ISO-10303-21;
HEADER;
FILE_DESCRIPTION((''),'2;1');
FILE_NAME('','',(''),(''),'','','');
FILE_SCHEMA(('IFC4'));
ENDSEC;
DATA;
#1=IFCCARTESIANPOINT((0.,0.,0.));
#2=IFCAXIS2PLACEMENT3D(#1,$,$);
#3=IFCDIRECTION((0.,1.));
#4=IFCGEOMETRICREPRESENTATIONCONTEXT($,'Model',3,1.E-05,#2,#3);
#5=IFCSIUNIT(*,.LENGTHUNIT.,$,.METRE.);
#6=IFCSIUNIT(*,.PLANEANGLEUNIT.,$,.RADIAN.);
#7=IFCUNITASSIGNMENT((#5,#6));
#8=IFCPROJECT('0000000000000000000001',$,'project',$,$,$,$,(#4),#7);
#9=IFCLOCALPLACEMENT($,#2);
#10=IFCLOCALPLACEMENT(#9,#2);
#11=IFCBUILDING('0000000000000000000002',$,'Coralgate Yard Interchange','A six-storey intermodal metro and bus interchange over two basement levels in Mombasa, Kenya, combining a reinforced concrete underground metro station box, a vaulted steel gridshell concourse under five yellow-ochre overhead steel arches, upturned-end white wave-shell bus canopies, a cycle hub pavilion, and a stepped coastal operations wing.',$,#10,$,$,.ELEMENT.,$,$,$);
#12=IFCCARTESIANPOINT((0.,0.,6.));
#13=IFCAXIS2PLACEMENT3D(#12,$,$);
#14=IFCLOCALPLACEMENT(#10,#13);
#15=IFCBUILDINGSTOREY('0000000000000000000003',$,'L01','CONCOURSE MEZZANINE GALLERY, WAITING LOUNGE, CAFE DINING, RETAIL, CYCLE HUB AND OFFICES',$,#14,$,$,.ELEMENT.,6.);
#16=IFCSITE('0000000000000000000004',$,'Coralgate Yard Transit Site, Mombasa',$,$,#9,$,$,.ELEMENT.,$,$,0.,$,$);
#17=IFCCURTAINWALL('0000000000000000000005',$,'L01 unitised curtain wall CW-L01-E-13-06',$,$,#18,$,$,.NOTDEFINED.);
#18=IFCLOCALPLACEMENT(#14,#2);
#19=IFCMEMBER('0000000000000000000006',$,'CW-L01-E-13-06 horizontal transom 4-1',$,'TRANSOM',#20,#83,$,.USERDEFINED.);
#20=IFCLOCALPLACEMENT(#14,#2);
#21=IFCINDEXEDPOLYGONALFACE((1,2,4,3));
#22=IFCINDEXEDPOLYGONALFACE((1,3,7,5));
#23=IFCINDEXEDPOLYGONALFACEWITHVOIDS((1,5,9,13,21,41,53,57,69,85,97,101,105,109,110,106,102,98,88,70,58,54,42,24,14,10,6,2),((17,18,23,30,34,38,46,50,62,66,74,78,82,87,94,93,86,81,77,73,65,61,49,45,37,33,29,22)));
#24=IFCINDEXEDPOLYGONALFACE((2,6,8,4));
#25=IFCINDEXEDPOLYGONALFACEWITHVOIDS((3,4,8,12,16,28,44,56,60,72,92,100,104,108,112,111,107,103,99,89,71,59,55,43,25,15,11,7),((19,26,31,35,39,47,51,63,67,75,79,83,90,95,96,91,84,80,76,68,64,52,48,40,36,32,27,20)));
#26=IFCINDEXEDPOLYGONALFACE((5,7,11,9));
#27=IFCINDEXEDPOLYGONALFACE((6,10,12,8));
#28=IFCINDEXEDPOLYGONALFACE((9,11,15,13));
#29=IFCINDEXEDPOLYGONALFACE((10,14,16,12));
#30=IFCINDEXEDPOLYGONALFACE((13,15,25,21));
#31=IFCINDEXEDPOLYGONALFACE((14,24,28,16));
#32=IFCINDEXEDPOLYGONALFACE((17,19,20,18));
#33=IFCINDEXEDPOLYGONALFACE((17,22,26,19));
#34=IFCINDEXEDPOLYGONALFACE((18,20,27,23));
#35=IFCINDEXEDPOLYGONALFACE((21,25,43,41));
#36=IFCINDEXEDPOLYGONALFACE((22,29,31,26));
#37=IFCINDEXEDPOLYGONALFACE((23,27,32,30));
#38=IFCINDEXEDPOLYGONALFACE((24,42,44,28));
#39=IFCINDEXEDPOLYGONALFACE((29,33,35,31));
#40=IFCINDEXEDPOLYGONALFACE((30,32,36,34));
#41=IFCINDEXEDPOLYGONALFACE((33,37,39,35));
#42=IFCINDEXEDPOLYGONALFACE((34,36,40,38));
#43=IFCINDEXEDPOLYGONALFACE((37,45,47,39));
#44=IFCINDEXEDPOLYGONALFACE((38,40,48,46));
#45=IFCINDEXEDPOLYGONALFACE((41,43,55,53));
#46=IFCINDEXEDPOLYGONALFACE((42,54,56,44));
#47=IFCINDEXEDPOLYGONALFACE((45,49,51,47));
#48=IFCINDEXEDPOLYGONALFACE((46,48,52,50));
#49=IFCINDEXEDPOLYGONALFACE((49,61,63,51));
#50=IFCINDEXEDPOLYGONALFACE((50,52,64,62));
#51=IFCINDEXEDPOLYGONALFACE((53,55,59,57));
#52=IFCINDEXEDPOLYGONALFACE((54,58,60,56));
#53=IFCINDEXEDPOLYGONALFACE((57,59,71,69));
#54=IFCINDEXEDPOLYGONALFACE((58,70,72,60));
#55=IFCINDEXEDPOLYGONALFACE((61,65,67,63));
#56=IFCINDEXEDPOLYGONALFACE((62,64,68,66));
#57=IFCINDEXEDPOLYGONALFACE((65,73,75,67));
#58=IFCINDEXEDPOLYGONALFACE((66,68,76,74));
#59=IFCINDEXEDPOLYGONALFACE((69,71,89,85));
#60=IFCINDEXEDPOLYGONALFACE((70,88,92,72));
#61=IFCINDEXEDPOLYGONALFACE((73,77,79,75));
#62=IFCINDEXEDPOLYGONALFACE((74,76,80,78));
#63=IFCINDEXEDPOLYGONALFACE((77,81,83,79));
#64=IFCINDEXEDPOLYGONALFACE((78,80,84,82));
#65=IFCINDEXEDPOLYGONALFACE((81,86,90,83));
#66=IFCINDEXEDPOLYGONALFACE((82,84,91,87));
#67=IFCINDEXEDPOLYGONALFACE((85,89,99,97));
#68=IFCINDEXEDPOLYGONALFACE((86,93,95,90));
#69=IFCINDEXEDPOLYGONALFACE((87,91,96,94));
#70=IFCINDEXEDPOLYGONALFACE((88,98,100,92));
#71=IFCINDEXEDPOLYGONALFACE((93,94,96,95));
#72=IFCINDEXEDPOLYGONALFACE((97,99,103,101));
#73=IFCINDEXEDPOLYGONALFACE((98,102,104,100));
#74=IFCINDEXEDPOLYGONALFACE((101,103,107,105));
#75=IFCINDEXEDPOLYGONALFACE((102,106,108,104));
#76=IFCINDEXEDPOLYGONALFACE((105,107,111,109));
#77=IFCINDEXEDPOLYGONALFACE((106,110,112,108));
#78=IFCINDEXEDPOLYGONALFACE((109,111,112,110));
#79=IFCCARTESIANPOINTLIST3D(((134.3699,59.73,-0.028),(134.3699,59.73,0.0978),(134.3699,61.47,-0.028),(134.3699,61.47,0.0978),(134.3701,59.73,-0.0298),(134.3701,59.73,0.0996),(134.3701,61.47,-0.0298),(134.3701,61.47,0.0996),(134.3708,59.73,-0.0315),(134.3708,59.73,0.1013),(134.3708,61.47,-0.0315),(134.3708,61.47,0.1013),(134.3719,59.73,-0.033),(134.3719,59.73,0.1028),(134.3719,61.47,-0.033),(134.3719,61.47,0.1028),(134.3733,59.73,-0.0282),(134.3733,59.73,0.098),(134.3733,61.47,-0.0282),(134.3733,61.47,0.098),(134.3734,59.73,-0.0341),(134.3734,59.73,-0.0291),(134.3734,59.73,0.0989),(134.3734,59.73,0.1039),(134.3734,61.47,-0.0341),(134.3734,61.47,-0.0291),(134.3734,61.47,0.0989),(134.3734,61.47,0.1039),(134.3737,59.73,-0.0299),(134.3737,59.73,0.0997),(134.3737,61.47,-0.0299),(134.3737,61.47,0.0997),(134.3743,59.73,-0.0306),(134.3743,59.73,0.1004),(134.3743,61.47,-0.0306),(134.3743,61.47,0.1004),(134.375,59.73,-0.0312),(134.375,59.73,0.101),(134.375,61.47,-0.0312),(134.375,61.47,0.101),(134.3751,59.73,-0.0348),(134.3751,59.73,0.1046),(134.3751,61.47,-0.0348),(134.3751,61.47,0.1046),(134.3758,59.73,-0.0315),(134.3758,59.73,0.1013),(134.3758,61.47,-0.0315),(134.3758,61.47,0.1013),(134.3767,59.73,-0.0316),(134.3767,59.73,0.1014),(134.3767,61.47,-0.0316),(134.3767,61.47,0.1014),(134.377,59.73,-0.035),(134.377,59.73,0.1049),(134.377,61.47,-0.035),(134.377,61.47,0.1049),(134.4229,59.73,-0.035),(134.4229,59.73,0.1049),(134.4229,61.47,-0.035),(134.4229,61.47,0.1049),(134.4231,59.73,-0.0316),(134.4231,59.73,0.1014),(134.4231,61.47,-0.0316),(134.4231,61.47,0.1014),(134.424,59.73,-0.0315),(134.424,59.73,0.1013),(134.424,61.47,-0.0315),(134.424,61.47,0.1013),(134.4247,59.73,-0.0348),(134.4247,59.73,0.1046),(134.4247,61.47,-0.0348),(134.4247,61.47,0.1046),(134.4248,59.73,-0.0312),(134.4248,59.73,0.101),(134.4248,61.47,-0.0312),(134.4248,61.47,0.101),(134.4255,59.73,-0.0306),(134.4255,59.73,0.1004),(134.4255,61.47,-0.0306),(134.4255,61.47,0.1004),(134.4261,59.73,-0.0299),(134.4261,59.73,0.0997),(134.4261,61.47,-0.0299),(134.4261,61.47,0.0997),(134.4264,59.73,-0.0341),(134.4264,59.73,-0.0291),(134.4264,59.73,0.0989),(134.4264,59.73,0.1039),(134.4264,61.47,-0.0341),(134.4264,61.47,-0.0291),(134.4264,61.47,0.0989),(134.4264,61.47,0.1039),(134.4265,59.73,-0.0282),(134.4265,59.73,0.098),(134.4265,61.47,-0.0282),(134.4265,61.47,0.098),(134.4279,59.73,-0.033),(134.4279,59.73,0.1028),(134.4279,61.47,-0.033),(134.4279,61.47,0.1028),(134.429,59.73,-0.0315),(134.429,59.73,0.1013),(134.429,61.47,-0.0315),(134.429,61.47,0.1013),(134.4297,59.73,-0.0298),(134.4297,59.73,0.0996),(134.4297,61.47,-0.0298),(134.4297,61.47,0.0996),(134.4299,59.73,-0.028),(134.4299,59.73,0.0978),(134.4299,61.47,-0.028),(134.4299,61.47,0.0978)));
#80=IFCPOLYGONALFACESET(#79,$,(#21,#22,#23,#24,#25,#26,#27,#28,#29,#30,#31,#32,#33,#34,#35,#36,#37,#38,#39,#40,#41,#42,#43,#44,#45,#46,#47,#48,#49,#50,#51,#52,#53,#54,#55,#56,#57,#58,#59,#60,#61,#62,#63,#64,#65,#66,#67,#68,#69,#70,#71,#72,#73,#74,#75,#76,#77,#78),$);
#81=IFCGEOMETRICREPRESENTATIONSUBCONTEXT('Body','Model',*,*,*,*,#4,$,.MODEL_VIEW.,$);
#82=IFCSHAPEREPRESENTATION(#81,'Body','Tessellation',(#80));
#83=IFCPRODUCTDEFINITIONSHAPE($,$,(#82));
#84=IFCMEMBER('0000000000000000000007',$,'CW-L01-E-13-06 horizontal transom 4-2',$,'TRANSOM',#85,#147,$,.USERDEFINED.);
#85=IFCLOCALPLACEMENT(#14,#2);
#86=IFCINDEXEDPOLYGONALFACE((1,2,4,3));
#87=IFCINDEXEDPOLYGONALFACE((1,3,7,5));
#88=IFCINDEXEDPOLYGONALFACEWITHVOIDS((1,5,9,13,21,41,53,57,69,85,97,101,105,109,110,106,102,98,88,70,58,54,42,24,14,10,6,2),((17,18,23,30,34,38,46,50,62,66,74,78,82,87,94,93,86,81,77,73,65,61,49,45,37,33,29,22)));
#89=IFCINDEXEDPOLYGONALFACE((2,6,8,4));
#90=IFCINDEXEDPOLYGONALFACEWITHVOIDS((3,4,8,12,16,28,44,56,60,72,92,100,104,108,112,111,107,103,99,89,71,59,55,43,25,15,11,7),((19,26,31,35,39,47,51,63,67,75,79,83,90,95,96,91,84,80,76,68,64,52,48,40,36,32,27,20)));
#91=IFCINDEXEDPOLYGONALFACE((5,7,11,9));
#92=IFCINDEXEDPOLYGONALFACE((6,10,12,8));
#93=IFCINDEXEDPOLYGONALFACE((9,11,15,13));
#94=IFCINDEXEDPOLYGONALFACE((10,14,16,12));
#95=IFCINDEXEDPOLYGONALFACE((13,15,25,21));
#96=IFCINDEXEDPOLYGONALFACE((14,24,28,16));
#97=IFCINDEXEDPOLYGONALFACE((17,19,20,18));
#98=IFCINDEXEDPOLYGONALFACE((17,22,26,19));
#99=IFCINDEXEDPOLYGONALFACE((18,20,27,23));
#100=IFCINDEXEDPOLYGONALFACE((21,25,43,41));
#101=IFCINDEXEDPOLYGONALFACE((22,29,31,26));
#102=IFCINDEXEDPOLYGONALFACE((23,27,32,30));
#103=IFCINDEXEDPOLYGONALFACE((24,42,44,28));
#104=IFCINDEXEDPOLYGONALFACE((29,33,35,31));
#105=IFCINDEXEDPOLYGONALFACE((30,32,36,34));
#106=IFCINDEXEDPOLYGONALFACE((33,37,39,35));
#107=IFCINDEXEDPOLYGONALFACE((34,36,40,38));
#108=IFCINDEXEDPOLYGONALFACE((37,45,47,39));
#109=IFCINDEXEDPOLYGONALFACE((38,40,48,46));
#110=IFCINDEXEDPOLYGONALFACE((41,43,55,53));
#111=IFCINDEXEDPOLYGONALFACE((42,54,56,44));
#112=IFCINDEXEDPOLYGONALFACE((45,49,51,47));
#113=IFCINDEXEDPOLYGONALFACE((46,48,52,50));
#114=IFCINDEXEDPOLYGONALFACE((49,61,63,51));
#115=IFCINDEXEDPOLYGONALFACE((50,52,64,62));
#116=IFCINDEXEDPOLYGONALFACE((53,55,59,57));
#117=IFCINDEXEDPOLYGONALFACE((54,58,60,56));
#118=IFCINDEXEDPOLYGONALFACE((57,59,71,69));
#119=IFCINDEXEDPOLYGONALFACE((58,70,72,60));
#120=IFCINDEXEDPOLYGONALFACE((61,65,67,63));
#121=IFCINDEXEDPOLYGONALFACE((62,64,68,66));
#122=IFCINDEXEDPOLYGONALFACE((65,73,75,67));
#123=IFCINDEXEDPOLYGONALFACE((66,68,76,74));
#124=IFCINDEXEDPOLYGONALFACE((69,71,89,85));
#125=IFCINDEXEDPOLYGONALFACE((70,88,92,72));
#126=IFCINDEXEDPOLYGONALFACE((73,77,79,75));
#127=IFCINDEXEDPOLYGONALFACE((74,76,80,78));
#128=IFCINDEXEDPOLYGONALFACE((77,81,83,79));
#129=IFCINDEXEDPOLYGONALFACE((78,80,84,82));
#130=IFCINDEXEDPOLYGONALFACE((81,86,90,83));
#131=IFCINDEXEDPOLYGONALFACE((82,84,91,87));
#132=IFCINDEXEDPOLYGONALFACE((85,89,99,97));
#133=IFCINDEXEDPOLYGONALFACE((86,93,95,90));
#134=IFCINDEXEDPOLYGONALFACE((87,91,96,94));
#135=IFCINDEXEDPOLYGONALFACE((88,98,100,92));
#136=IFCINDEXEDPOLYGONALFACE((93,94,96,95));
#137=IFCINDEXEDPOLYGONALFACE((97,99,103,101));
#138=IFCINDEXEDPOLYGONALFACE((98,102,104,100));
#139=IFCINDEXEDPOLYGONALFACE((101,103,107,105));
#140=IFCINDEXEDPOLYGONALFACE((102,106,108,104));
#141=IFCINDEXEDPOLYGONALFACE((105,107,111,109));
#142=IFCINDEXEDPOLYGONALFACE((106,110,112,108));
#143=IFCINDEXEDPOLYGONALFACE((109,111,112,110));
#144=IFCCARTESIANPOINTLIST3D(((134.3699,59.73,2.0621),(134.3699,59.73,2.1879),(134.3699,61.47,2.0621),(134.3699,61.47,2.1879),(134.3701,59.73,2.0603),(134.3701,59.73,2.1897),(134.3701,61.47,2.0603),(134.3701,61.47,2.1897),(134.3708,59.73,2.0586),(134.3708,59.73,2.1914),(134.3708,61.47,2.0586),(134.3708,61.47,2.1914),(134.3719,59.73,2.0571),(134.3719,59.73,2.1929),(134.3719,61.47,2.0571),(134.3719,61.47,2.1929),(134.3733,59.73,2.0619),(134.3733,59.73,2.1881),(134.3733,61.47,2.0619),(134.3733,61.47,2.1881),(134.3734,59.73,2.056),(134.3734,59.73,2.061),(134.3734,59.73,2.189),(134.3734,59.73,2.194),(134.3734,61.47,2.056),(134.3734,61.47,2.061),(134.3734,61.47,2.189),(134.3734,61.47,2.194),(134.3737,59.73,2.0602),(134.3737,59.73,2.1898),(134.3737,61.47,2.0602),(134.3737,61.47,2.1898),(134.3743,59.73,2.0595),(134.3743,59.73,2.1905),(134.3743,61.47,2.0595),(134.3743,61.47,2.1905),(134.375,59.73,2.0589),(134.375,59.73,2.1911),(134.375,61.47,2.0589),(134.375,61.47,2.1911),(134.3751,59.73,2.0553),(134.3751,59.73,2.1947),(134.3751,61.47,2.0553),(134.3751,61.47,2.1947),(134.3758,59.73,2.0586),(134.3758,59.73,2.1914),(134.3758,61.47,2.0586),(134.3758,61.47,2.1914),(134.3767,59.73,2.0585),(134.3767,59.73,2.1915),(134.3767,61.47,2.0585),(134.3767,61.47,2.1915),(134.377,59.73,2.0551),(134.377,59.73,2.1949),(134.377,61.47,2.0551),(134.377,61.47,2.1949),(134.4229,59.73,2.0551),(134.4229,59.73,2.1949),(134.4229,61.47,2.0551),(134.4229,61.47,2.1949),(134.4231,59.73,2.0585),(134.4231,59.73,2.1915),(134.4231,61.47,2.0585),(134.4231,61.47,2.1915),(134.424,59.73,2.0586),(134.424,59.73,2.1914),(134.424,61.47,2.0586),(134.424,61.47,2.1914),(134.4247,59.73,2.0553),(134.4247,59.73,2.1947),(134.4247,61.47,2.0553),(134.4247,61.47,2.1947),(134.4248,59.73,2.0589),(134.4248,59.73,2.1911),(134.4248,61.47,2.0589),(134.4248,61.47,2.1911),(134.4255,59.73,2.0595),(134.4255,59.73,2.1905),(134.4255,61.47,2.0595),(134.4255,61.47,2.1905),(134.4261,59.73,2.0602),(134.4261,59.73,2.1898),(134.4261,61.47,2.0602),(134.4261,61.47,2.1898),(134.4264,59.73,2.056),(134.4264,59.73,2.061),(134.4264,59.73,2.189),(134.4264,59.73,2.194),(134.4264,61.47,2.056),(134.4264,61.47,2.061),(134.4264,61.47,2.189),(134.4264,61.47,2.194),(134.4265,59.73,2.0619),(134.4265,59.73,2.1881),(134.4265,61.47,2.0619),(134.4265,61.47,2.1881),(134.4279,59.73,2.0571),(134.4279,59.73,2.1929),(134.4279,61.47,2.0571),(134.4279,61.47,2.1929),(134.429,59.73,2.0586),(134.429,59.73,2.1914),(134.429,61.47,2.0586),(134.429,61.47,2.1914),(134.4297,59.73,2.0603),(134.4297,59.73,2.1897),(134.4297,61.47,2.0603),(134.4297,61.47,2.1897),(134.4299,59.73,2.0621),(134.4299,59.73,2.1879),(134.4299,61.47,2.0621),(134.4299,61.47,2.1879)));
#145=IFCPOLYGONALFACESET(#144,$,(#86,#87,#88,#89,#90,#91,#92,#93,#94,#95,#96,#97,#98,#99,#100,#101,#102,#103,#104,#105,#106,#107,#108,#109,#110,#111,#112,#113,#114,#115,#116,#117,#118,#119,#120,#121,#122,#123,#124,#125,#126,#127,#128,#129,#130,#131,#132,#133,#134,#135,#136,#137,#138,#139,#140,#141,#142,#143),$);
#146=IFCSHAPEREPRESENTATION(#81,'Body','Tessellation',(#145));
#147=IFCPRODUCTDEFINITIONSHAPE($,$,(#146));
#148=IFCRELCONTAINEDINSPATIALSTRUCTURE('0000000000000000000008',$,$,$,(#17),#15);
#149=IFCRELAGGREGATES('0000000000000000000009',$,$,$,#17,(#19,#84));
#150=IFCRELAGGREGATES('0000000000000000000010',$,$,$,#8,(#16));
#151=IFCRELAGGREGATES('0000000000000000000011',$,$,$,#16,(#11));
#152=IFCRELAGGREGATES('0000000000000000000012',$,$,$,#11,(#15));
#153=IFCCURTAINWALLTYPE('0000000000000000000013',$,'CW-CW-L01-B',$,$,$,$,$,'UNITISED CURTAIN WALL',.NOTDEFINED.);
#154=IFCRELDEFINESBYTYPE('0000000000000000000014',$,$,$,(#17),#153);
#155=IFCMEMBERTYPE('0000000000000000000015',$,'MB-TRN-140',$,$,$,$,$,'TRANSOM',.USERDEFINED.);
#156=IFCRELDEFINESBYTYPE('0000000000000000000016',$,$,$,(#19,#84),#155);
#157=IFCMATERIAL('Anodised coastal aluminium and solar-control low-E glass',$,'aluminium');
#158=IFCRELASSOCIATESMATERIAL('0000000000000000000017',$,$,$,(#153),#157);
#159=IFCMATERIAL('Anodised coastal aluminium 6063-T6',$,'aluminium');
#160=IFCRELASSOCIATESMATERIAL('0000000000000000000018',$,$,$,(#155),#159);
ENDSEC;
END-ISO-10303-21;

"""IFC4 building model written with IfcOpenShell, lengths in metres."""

from ifc_helpers import new_model, si_unit, direction, frame, origin, origin_2d, place, context, subcontext, project, spatial, hollow_rectangle, extrude, material, material_profile, profile_set, type_object, element, aggregate, save


model = new_model("IFC4")

# Units and contexts
model_context = context("Model", 3, precision=1e-05, world=origin(), true_north=direction((0.0, 1.0)))
body_context = subcontext(model_context, "Body", "Model", "MODEL_VIEW")
ifc_project = project(units=[si_unit("LENGTHUNIT", "METRE"), si_unit("PLANEANGLEUNIT", "RADIAN")], contexts=[model_context])

# Site, building, storey
site_placement = place(None, origin())
site = spatial("IfcSite", under=ifc_project, at=site_placement, Name="Coralgate Yard Transit Site, Mombasa", CompositionType="ELEMENT", RefElevation=0.0)
building_placement = place(site_placement, origin())
building = spatial("IfcBuilding", under=site, at=building_placement, Name="Coralgate Yard Interchange", Description="A six-storey intermodal metro and bus interchange over two basement levels in Mombasa, Kenya, combining a reinforced concrete underground metro station box, a vaulted steel gridshell concourse under five yellow-ochre overhead steel arches, upturned-end white wave-shell bus canopies, a cycle hub pavilion, and a stepped coastal operations wing.", CompositionType="ELEMENT")
storey_placement = place(building_placement, frame((0.0, 0.0, 6.0)))
storey = spatial("IfcBuildingStorey", under=building, at=storey_placement, Name="L01", Description="CONCOURSE MEZZANINE GALLERY, WAITING LOUNGE, CAFE DINING, RETAIL, CYCLE HUB AND OFFICES", CompositionType="ELEMENT", Elevation=6.0)

# Curtain wall, members
ifc_material_1 = material(Name="Anodised coastal aluminium and solar-control low-E glass", Category="aluminium")
curtain_wall_type = type_object("IfcCurtainWallType", Name="CW-CW-L01-B", ElementType="UNITISED CURTAIN WALL", PredefinedType="NOTDEFINED", material=ifc_material_1)
curtain_wall_placement = place(storey_placement, origin())
curtain_wall = element("IfcCurtainWall", 1, at=curtain_wall_placement, inside=storey, type_object=curtain_wall_type, Name="L01 unitised curtain wall CW-L01-E-13-06", PredefinedType="NOTDEFINED")
ifc_material_2 = material(Name="Anodised coastal aluminium 6063-T6", Category="aluminium")
ifc_material_profile_1 = material_profile(ifc_material_2, hollow_rectangle(XDim=0.0601, YDim=0.1399, WallThickness=0.0034, InnerFilletRadius=0.0034, OuterFilletRadius=0.0071, at=origin_2d()), Name="ALU 60x140x3.5")
ifc_profile_set_1 = profile_set([ifc_material_profile_1], Name="Anodised coastal aluminium 6063-T6")
member_type_1 = type_object("IfcMemberType", Name="MB-TRN-140", ElementType="TRANSOM", PredefinedType="USERDEFINED", material=ifc_profile_set_1)
member_1_placement = place(storey_placement, frame((134.3999, 61.47, 0.0349), z_axis=(0.0, -1.0, 0.0), x_axis=(1.0, 0.0, 0.0)))
member_1 = element("IfcMember", 2, at=member_1_placement, type_object=member_type_1, Name="CW-L01-E-13-06 horizontal transom 4-1", ObjectType="TRANSOM", PredefinedType="USERDEFINED", context=body_context, shape_type="SweptSolid", body=[
    extrude(hollow_rectangle(XDim=0.0601, YDim=0.1399, WallThickness=0.0034, InnerFilletRadius=0.0034, OuterFilletRadius=0.0071, at=origin_2d()), origin(), (0.0, 0.0, 1.0), 1.74),
])
member_2_placement = place(storey_placement, frame((134.3999, 61.47, 2.125), z_axis=(0.0, -1.0, 0.0), x_axis=(1.0, 0.0, 0.0)))
member_2 = element("IfcMember", 3, at=member_2_placement, type_object=member_type_1, Name="CW-L01-E-13-06 horizontal transom 4-2", ObjectType="TRANSOM", PredefinedType="USERDEFINED", context=body_context, shape_type="SweptSolid", body=[
    extrude(hollow_rectangle(XDim=0.0601, YDim=0.1399, WallThickness=0.0034, InnerFilletRadius=0.0034, OuterFilletRadius=0.0071, at=origin_2d()), origin(), (0.0, 0.0, 1.0), 1.74),
])
aggregate(curtain_wall, [member_1, member_2])

save(model, "model.ifc")
